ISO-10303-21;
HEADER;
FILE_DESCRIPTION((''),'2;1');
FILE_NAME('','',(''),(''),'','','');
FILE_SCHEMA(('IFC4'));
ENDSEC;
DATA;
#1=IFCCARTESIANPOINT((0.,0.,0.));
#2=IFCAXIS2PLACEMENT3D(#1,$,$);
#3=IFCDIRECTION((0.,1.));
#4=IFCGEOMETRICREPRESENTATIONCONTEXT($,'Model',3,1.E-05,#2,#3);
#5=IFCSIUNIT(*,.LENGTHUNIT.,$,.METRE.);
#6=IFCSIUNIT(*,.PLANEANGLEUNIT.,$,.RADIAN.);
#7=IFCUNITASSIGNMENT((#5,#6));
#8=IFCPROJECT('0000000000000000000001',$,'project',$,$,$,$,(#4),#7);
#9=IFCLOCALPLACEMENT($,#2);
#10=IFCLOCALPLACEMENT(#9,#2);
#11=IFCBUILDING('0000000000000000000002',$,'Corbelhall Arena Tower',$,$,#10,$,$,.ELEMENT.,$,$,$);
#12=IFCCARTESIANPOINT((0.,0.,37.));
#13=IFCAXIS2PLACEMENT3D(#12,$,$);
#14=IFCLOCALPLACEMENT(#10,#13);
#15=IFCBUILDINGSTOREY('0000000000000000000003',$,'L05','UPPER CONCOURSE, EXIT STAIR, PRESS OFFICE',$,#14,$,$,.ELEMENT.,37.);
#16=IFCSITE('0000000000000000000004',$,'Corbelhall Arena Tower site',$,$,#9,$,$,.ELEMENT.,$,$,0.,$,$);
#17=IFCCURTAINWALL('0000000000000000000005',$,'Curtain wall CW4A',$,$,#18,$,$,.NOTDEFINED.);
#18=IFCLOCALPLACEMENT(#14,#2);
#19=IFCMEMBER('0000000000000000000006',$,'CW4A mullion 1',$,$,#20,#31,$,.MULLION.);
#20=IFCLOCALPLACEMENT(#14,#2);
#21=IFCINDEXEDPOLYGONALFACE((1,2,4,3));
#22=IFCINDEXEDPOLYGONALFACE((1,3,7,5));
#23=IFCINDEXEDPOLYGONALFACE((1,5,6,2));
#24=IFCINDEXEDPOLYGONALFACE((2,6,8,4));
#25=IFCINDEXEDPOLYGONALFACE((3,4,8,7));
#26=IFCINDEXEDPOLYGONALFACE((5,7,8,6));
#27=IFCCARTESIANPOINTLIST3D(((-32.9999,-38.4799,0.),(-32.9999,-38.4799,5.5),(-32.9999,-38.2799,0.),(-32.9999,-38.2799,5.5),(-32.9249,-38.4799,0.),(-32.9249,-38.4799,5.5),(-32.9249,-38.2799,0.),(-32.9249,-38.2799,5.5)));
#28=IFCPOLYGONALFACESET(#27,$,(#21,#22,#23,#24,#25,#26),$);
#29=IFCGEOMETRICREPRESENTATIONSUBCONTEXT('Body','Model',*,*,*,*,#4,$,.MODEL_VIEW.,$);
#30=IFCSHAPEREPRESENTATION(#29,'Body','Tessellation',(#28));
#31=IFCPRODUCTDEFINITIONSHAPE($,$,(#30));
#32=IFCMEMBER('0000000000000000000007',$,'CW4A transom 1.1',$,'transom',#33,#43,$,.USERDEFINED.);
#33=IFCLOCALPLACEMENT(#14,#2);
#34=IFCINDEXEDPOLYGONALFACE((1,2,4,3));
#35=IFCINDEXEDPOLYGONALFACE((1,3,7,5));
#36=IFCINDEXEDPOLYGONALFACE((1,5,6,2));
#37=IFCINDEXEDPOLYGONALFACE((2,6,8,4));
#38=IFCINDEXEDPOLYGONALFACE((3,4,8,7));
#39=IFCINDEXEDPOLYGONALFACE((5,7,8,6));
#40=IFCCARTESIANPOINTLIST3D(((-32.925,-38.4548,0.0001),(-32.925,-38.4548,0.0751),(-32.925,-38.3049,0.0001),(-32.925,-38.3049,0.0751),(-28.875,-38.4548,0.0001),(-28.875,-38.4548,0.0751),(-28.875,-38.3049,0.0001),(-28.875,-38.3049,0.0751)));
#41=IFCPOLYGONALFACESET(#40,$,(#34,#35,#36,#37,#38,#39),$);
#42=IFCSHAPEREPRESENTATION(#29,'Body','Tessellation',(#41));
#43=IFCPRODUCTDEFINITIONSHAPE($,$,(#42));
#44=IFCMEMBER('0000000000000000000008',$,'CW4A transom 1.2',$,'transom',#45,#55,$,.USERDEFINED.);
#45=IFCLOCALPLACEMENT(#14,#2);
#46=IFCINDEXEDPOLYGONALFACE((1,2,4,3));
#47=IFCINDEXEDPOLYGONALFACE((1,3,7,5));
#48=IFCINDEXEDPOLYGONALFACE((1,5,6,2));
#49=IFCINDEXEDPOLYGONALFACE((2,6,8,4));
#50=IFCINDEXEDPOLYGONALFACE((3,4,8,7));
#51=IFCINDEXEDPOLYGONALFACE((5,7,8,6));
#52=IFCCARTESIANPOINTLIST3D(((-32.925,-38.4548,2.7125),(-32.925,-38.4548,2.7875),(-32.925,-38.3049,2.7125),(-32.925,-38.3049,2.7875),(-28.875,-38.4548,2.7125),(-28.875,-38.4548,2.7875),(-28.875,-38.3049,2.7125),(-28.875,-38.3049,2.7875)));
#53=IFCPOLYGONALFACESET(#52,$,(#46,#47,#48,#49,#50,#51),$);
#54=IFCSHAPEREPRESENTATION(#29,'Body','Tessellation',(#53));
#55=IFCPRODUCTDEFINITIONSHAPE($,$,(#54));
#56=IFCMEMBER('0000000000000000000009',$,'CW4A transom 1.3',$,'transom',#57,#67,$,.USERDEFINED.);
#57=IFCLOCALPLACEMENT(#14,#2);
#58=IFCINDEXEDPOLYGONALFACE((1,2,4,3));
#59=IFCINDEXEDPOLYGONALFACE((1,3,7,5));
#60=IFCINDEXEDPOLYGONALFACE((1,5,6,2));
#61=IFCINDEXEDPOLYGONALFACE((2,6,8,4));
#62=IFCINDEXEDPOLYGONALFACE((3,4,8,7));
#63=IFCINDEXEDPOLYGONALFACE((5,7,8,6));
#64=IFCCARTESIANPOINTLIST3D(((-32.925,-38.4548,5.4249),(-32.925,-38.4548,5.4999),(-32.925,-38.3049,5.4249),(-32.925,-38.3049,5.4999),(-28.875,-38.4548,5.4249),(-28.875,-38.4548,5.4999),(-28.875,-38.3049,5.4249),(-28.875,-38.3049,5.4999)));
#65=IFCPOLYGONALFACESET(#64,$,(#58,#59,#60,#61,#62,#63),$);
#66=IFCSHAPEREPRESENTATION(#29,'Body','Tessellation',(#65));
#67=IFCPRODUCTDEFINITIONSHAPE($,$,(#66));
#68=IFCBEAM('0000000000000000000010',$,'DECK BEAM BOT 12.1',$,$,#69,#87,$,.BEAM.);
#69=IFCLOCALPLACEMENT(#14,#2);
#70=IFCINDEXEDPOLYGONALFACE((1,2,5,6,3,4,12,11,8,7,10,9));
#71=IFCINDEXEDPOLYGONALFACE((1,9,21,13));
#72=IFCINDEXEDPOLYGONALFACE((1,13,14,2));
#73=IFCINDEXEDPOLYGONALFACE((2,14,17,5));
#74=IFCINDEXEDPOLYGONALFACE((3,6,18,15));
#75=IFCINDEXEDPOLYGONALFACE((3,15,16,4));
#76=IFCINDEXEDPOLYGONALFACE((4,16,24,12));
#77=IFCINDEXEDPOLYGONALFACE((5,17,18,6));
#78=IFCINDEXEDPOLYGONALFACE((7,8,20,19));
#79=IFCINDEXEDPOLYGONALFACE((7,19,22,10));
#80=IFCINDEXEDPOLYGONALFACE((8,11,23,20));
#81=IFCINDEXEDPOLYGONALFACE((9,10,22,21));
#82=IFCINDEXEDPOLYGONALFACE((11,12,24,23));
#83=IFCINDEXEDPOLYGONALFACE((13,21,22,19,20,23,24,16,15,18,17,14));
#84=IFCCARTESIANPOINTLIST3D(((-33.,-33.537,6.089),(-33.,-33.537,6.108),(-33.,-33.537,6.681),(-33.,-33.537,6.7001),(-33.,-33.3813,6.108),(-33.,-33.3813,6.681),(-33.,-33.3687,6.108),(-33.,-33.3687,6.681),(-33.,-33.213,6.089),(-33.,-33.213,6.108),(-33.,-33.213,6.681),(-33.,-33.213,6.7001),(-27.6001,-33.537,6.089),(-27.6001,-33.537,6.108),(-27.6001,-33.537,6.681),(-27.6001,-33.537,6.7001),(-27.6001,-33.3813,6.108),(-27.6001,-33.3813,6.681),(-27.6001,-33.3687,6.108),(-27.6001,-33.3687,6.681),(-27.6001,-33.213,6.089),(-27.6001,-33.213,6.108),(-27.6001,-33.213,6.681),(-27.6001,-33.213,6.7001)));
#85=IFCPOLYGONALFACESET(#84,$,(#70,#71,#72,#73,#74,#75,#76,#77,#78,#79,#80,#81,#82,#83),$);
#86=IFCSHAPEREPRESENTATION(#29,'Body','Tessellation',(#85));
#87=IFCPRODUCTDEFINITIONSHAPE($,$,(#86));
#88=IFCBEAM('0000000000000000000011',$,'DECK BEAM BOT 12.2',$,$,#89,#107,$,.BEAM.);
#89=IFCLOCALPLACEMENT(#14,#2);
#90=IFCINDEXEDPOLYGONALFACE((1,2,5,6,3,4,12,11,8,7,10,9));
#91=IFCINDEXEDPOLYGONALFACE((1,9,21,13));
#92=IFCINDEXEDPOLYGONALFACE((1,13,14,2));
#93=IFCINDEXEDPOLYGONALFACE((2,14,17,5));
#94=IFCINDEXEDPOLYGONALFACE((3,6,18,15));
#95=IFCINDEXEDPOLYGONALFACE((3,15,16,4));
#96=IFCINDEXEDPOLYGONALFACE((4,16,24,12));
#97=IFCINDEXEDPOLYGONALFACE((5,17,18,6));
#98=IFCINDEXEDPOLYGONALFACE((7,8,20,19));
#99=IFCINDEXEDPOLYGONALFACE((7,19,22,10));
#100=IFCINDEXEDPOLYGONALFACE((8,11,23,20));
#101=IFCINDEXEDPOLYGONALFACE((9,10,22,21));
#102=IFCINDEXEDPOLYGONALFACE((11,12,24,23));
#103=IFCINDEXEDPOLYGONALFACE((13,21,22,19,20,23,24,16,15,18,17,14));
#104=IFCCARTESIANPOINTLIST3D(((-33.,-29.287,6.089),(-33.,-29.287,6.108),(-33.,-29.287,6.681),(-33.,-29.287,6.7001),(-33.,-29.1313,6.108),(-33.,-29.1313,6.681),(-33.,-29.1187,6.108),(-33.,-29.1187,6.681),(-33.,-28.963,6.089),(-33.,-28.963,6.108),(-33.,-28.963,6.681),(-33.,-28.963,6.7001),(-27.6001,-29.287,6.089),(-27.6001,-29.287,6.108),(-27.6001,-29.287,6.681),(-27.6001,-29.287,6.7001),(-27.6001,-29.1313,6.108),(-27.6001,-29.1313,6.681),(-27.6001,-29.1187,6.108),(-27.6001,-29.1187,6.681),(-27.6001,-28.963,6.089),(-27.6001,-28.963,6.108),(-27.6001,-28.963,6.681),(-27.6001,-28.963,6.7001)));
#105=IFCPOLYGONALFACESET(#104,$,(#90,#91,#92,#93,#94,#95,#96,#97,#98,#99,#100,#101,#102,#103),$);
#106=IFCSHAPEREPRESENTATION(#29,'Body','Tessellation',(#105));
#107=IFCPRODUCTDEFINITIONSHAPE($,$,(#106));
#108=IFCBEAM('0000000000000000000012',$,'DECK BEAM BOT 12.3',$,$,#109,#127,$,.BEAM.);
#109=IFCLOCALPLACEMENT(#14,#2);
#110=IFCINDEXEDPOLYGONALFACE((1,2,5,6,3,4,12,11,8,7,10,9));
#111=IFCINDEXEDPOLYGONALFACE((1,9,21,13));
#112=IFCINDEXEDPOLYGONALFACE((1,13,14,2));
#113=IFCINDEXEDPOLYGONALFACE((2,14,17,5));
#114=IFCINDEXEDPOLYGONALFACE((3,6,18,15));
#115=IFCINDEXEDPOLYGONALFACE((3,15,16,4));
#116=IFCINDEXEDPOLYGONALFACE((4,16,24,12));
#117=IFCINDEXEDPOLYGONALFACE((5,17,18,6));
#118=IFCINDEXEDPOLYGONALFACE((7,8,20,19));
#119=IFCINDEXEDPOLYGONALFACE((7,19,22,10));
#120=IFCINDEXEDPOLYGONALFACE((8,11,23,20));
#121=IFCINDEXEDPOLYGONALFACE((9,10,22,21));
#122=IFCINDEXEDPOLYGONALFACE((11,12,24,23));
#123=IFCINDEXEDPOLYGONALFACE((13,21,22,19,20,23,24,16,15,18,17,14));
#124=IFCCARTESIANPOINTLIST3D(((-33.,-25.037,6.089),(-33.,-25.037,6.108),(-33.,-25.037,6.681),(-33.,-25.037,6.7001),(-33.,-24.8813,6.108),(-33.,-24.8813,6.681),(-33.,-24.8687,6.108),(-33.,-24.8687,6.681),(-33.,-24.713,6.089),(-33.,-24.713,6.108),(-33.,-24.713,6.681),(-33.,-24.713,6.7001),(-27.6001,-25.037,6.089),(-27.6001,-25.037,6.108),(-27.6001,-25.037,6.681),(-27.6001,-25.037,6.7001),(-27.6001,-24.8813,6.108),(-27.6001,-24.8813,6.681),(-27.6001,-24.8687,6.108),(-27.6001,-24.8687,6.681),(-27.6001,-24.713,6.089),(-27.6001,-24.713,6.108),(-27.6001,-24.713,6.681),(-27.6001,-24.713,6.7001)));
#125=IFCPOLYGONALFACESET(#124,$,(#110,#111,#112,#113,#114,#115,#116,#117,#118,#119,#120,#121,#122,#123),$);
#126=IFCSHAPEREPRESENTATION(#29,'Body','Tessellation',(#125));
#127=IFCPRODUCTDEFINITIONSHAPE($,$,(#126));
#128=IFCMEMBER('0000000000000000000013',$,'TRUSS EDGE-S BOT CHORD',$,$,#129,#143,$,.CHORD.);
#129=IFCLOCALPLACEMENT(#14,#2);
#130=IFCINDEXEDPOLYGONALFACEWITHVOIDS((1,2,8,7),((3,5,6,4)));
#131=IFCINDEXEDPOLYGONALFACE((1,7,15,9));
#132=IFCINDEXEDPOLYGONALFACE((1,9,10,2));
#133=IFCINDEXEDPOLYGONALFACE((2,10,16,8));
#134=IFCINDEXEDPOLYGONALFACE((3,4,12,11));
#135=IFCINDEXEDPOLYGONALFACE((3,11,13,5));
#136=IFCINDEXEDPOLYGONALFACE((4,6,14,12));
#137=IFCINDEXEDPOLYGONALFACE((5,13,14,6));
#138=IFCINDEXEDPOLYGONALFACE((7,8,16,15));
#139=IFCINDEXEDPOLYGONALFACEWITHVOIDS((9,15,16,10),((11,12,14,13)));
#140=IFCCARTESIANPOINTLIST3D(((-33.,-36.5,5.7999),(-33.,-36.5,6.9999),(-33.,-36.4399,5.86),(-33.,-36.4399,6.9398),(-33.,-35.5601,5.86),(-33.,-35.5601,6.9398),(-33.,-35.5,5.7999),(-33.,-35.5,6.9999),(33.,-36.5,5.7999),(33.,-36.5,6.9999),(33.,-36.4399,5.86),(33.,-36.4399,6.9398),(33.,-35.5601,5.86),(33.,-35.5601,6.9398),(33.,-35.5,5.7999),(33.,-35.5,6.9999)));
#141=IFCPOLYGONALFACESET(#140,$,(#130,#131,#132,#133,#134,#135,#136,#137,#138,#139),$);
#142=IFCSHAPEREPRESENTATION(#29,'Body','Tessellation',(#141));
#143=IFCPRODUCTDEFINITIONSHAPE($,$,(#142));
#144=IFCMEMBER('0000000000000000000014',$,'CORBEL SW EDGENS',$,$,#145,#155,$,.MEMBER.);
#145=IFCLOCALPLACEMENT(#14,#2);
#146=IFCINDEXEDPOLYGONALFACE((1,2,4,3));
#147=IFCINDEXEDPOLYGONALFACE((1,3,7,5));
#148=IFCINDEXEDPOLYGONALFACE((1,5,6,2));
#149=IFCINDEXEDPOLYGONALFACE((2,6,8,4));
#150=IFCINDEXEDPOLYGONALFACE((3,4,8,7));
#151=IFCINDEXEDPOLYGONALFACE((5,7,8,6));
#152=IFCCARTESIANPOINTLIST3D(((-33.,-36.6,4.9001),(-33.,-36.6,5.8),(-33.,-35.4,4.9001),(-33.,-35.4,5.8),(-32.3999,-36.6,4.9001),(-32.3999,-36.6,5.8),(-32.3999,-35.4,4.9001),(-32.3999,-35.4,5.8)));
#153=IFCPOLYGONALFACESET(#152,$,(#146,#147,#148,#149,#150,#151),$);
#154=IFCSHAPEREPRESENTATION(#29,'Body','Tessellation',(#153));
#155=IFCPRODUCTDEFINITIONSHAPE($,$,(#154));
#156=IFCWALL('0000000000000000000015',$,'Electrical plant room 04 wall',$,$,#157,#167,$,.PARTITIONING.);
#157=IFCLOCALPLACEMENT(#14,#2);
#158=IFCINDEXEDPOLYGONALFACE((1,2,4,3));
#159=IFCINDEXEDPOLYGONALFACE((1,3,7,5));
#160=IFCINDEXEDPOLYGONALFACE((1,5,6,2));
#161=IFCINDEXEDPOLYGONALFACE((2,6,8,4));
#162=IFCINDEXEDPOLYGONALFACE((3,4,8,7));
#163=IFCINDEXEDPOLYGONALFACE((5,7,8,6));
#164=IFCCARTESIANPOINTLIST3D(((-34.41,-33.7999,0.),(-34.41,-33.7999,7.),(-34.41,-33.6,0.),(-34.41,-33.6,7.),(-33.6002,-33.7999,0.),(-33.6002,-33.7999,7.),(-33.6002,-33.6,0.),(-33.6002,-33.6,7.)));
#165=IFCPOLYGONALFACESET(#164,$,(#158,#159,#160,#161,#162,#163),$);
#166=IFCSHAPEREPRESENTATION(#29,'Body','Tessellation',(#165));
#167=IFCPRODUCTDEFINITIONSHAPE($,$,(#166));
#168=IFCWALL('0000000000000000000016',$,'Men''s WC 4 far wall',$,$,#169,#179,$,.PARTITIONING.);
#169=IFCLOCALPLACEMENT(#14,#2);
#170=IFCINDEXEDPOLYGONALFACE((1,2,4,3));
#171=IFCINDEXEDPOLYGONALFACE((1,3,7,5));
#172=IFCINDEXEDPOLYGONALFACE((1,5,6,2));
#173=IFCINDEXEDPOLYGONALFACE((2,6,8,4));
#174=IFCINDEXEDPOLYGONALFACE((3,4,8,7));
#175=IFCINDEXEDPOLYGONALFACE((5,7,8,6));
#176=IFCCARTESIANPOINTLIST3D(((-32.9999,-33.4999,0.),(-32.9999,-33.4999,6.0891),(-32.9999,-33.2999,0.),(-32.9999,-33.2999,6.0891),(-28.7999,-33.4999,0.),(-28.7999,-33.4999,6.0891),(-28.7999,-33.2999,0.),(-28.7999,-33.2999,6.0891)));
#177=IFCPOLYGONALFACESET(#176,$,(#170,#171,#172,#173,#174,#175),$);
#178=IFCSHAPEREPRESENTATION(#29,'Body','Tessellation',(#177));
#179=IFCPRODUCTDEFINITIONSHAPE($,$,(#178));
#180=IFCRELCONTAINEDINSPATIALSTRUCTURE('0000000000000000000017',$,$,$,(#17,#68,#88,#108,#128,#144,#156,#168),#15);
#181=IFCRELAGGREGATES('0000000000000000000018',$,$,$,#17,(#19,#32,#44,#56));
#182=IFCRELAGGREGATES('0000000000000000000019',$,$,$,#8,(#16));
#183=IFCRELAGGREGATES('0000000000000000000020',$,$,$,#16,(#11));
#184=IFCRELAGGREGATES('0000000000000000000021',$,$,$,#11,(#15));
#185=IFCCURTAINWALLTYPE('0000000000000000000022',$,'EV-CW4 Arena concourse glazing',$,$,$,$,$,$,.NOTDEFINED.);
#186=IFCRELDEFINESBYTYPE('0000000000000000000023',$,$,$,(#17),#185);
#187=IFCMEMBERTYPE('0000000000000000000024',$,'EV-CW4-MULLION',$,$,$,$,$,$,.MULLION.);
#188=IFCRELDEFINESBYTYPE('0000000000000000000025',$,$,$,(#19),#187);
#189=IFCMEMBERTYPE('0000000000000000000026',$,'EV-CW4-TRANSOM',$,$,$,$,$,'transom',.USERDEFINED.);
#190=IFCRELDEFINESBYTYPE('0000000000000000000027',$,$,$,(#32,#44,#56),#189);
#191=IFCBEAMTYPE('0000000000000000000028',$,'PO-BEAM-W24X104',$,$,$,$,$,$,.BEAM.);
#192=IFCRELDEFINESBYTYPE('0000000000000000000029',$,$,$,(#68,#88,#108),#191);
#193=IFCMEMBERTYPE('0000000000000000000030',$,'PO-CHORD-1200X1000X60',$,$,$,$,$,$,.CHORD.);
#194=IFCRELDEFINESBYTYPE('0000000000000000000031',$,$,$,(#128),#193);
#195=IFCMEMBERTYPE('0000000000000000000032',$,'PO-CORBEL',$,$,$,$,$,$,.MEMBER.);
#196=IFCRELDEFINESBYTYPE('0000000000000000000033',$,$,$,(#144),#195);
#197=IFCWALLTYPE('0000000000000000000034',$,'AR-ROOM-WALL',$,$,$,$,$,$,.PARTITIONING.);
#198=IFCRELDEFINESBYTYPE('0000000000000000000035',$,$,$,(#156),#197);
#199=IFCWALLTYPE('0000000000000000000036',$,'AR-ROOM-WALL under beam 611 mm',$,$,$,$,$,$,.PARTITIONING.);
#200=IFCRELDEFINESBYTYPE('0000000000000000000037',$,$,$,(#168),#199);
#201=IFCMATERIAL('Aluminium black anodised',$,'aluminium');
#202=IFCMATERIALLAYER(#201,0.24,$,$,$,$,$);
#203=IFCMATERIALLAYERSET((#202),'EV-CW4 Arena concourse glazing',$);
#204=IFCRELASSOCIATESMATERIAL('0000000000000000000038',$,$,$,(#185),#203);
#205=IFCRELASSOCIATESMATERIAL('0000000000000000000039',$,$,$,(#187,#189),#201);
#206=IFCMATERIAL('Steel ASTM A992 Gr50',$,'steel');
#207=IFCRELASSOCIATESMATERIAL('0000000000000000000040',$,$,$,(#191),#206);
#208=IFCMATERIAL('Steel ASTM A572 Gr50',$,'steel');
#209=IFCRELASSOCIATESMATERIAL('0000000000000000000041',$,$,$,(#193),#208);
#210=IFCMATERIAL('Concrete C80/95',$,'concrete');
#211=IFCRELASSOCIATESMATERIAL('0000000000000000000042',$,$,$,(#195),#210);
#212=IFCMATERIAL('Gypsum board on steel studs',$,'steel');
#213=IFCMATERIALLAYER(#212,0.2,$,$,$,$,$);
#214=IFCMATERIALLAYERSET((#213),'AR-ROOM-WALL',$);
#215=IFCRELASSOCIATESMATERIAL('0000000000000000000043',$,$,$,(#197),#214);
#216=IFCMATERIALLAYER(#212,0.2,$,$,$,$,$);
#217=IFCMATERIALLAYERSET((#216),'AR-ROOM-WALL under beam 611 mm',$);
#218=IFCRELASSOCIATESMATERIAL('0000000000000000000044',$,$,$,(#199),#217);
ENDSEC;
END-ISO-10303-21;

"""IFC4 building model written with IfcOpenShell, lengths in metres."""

from ifc_helpers import new_model, si_unit, direction, frame, frame_2d, origin, origin_2d, place, context, subcontext, project, spatial, rectangle, hollow_rectangle, i_section, extrude, material, layer, layer_set, material_profile, profile_set, type_object, element, aggregate, save


model = new_model("IFC4")

# Units and contexts
model_context = context("Model", 3, precision=1e-05, world=origin(), true_north=direction((0.0, 1.0)))
body_context = subcontext(model_context, "Body", "Model", "MODEL_VIEW")
ifc_project = project(units=[si_unit("LENGTHUNIT", "METRE"), si_unit("PLANEANGLEUNIT", "RADIAN")], contexts=[model_context])

# Site, building, storey
site_placement = place(None, origin())
site = spatial("IfcSite", under=ifc_project, at=site_placement, Name="Corbelhall Arena Tower site", CompositionType="ELEMENT", RefElevation=0.0)
building_placement = place(site_placement, origin())
building = spatial("IfcBuilding", under=site, at=building_placement, Name="Corbelhall Arena Tower", CompositionType="ELEMENT")
storey_placement = place(building_placement, frame((0.0, 0.0, 37.0)))
storey = spatial("IfcBuildingStorey", under=building, at=storey_placement, Name="L05", Description="UPPER CONCOURSE, EXIT STAIR, PRESS OFFICE", CompositionType="ELEMENT", Elevation=37.0)

# Curtain wall, members
ifc_material_1 = material(Name="Aluminium black anodised", Category="aluminium")
ifc_layer_1 = layer(ifc_material_1, 0.24)
ifc_layer_set_1 = layer_set([ifc_layer_1], Name="EV-CW4 Arena concourse glazing")
curtain_wall_type = type_object("IfcCurtainWallType", Name="EV-CW4 Arena concourse glazing", PredefinedType="NOTDEFINED", material=ifc_layer_set_1)
curtain_wall_placement = place(storey_placement, origin())
curtain_wall = element("IfcCurtainWall", 1, at=curtain_wall_placement, inside=storey, type_object=curtain_wall_type, Name="Curtain wall CW4A", PredefinedType="NOTDEFINED")
ifc_material_profile_1 = material_profile(ifc_material_1, rectangle(XDim=0.2, YDim=0.075, at=origin_2d()))
ifc_profile_set_1 = profile_set([ifc_material_profile_1], Name="Aluminium black anodised")
member_type_1 = type_object("IfcMemberType", Name="EV-CW4-MULLION", PredefinedType="MULLION", material=ifc_profile_set_1)
member_1_placement = place(storey_placement, frame((-32.9624, -38.3799, 0.0), z_axis=(0.0, 0.0, 1.0), x_axis=(0.0, 1.0, 0.0)))
member_1 = element("IfcMember", 2, at=member_1_placement, type_object=member_type_1, Name="CW4A mullion 1", PredefinedType="MULLION", context=body_context, shape_type="SweptSolid", body=[
    extrude(rectangle(XDim=0.2, YDim=0.075, at=origin_2d()), origin(), (0.0, 0.0, 1.0), 5.5),
])
ifc_material_profile_2 = material_profile(ifc_material_1, rectangle(XDim=0.1499, YDim=0.075, at=origin_2d()))
ifc_profile_set_2 = profile_set([ifc_material_profile_2], Name="Aluminium black anodised")
member_type_2 = type_object("IfcMemberType", Name="EV-CW4-TRANSOM", ElementType="transom", PredefinedType="USERDEFINED", material=ifc_profile_set_2)
member_2_placement = place(storey_placement, frame((-32.925, -38.3799, 0.0376), z_axis=(1.0, 0.0, 0.0), x_axis=(0.0, 1.0, 0.0)))
member_2 = element("IfcMember", 3, at=member_2_placement, type_object=member_type_2, Name="CW4A transom 1.1", ObjectType="transom", PredefinedType="USERDEFINED", context=body_context, shape_type="SweptSolid", body=[
    extrude(rectangle(XDim=0.1499, YDim=0.075, at=origin_2d()), origin(), (0.0, 0.0, 1.0), 4.05),
])
member_3_placement = place(storey_placement, frame((-32.925, -38.3799, 2.75), z_axis=(1.0, 0.0, 0.0), x_axis=(0.0, 1.0, 0.0)))
member_3 = element("IfcMember", 4, at=member_3_placement, type_object=member_type_2, Name="CW4A transom 1.2", ObjectType="transom", PredefinedType="USERDEFINED", context=body_context, shape_type="SweptSolid", body=[
    extrude(rectangle(XDim=0.1499, YDim=0.075, at=origin_2d()), origin(), (0.0, 0.0, 1.0), 4.05),
])
member_4_placement = place(storey_placement, frame((-32.925, -38.3799, 5.4624), z_axis=(1.0, 0.0, 0.0), x_axis=(0.0, 1.0, 0.0)))
member_4 = element("IfcMember", 5, at=member_4_placement, type_object=member_type_2, Name="CW4A transom 1.3", ObjectType="transom", PredefinedType="USERDEFINED", context=body_context, shape_type="SweptSolid", body=[
    extrude(rectangle(XDim=0.1499, YDim=0.075, at=origin_2d()), origin(), (0.0, 0.0, 1.0), 4.05),
])
aggregate(curtain_wall, [member_1, member_2, member_3, member_4])

# Beams
ifc_material_2 = material(Name="Steel ASTM A992 Gr50", Category="steel")
ifc_material_profile_3 = material_profile(ifc_material_2, i_section(OverallWidth=0.324, OverallDepth=0.6111, WebThickness=0.0127, FlangeThickness=0.019, at=origin_2d()))
ifc_profile_set_3 = profile_set([ifc_material_profile_3], Name="Steel ASTM A992 Gr50")
beam_type = type_object("IfcBeamType", Name="PO-BEAM-W24X104", PredefinedType="BEAM", material=ifc_profile_set_3)
for number, where, z_axis, x_axis, name in (
    (6, (-33.0, -33.375, 6.3945), (1.0, 0.0, 0.0), (0.0, 1.0, 0.0), "DECK BEAM BOT 12.1"),
    (7, (-33.0, -29.125, 6.3945), (1.0, 0.0, 0.0), (0.0, 1.0, 0.0), "DECK BEAM BOT 12.2"),
    (8, (-33.0, -24.875, 6.3945), (1.0, 0.0, 0.0), (0.0, 1.0, 0.0), "DECK BEAM BOT 12.3"),
):
    element("IfcBeam", number, at=place(storey_placement, frame(where, z_axis=z_axis, x_axis=x_axis)), inside=storey, type_object=beam_type, Name=name, PredefinedType="BEAM", context=body_context, shape_type="SweptSolid", body=[
        extrude(i_section(OverallWidth=0.324, OverallDepth=0.6111, WebThickness=0.0127, FlangeThickness=0.019, at=origin_2d()), origin(), (0.0, 0.0, 1.0), 5.3999),
    ])

# Members
ifc_material_3 = material(Name="Steel ASTM A572 Gr50", Category="steel")
ifc_material_profile_4 = material_profile(ifc_material_3, hollow_rectangle(XDim=1.0, YDim=1.2, WallThickness=0.0601, at=origin_2d()))
ifc_profile_set_4 = profile_set([ifc_material_profile_4], Name="Steel ASTM A572 Gr50")
member_type_3 = type_object("IfcMemberType", Name="PO-CHORD-1200X1000X60", PredefinedType="CHORD", material=ifc_profile_set_4)
member_5_placement = place(storey_placement, frame((-33.0, -36.0, 6.3999), z_axis=(1.0, 0.0, 0.0), x_axis=(0.0, 1.0, 0.0)))
element("IfcMember", 9, at=member_5_placement, inside=storey, type_object=member_type_3, Name="TRUSS EDGE-S BOT CHORD", PredefinedType="CHORD", context=body_context, shape_type="SweptSolid", body=[
    extrude(hollow_rectangle(XDim=1.0, YDim=1.2, WallThickness=0.0601, at=origin_2d()), origin(), (0.0, 0.0, 1.0), 66.0),
])
ifc_material_4 = material(Name="Concrete C80/95", Category="concrete")
ifc_material_profile_5 = material_profile(ifc_material_4, rectangle(XDim=1.2, YDim=0.8999, at=origin_2d()))
ifc_profile_set_5 = profile_set([ifc_material_profile_5], Name="Concrete C80/95")
member_type_4 = type_object("IfcMemberType", Name="PO-CORBEL", PredefinedType="MEMBER", material=ifc_profile_set_5)
member_6_placement = place(storey_placement, frame((-33.0, -36.0, 5.3501), z_axis=(1.0, 0.0, 0.0), x_axis=(0.0, 1.0, 0.0)))
element("IfcMember", 10, at=member_6_placement, inside=storey, type_object=member_type_4, Name="CORBEL SW EDGENS", PredefinedType="MEMBER", context=body_context, shape_type="SweptSolid", body=[
    extrude(rectangle(XDim=1.2, YDim=0.8999, at=origin_2d()), origin(), (0.0, 0.0, 1.0), 0.6001),
])

# Shared definitions
ifc_material_5 = material(Name="Gypsum board on steel studs", Category="steel")
ifc_layer_2 = layer(ifc_material_5, 0.2)
ifc_layer_set_2 = layer_set([ifc_layer_2], Name="AR-ROOM-WALL")
wall_type_1 = type_object("IfcWallType", Name="AR-ROOM-WALL", PredefinedType="PARTITIONING", material=ifc_layer_set_2)

# Walls
wall_1_placement = place(storey_placement, frame((-34.4099, -33.7, 0.0), z_axis=(0.0, 0.0, 1.0), x_axis=(1.0, 0.0, 0.0)))
element("IfcWall", 11, at=wall_1_placement, inside=storey, type_object=wall_type_1, Name="Electrical plant room 04 wall", PredefinedType="PARTITIONING", context=body_context, shape_type="SweptSolid", body=[
    extrude(rectangle(XDim=0.8098, YDim=0.2, at=frame_2d((0.4048, 0.0))), origin(), (0.0, 0.0, 1.0), 7.0),
])
ifc_layer_3 = layer(ifc_material_5, 0.2)
ifc_layer_set_3 = layer_set([ifc_layer_3], Name="AR-ROOM-WALL under beam 611 mm")
wall_type_2 = type_object("IfcWallType", Name="AR-ROOM-WALL under beam 611 mm", PredefinedType="PARTITIONING", material=ifc_layer_set_3)
wall_2_placement = place(storey_placement, frame((-33.0, -33.3999, 0.0), z_axis=(0.0, 0.0, 1.0), x_axis=(1.0, 0.0, 0.0)))
element("IfcWall", 12, at=wall_2_placement, inside=storey, type_object=wall_type_2, Name="Men's WC 4 far wall", PredefinedType="PARTITIONING", context=body_context, shape_type="SweptSolid", body=[
    extrude(rectangle(XDim=4.2, YDim=0.2, at=frame_2d((2.1001, 0.0))), origin(), (0.0, 0.0, 1.0), 6.0891),
])

save(model, "model.ifc")
